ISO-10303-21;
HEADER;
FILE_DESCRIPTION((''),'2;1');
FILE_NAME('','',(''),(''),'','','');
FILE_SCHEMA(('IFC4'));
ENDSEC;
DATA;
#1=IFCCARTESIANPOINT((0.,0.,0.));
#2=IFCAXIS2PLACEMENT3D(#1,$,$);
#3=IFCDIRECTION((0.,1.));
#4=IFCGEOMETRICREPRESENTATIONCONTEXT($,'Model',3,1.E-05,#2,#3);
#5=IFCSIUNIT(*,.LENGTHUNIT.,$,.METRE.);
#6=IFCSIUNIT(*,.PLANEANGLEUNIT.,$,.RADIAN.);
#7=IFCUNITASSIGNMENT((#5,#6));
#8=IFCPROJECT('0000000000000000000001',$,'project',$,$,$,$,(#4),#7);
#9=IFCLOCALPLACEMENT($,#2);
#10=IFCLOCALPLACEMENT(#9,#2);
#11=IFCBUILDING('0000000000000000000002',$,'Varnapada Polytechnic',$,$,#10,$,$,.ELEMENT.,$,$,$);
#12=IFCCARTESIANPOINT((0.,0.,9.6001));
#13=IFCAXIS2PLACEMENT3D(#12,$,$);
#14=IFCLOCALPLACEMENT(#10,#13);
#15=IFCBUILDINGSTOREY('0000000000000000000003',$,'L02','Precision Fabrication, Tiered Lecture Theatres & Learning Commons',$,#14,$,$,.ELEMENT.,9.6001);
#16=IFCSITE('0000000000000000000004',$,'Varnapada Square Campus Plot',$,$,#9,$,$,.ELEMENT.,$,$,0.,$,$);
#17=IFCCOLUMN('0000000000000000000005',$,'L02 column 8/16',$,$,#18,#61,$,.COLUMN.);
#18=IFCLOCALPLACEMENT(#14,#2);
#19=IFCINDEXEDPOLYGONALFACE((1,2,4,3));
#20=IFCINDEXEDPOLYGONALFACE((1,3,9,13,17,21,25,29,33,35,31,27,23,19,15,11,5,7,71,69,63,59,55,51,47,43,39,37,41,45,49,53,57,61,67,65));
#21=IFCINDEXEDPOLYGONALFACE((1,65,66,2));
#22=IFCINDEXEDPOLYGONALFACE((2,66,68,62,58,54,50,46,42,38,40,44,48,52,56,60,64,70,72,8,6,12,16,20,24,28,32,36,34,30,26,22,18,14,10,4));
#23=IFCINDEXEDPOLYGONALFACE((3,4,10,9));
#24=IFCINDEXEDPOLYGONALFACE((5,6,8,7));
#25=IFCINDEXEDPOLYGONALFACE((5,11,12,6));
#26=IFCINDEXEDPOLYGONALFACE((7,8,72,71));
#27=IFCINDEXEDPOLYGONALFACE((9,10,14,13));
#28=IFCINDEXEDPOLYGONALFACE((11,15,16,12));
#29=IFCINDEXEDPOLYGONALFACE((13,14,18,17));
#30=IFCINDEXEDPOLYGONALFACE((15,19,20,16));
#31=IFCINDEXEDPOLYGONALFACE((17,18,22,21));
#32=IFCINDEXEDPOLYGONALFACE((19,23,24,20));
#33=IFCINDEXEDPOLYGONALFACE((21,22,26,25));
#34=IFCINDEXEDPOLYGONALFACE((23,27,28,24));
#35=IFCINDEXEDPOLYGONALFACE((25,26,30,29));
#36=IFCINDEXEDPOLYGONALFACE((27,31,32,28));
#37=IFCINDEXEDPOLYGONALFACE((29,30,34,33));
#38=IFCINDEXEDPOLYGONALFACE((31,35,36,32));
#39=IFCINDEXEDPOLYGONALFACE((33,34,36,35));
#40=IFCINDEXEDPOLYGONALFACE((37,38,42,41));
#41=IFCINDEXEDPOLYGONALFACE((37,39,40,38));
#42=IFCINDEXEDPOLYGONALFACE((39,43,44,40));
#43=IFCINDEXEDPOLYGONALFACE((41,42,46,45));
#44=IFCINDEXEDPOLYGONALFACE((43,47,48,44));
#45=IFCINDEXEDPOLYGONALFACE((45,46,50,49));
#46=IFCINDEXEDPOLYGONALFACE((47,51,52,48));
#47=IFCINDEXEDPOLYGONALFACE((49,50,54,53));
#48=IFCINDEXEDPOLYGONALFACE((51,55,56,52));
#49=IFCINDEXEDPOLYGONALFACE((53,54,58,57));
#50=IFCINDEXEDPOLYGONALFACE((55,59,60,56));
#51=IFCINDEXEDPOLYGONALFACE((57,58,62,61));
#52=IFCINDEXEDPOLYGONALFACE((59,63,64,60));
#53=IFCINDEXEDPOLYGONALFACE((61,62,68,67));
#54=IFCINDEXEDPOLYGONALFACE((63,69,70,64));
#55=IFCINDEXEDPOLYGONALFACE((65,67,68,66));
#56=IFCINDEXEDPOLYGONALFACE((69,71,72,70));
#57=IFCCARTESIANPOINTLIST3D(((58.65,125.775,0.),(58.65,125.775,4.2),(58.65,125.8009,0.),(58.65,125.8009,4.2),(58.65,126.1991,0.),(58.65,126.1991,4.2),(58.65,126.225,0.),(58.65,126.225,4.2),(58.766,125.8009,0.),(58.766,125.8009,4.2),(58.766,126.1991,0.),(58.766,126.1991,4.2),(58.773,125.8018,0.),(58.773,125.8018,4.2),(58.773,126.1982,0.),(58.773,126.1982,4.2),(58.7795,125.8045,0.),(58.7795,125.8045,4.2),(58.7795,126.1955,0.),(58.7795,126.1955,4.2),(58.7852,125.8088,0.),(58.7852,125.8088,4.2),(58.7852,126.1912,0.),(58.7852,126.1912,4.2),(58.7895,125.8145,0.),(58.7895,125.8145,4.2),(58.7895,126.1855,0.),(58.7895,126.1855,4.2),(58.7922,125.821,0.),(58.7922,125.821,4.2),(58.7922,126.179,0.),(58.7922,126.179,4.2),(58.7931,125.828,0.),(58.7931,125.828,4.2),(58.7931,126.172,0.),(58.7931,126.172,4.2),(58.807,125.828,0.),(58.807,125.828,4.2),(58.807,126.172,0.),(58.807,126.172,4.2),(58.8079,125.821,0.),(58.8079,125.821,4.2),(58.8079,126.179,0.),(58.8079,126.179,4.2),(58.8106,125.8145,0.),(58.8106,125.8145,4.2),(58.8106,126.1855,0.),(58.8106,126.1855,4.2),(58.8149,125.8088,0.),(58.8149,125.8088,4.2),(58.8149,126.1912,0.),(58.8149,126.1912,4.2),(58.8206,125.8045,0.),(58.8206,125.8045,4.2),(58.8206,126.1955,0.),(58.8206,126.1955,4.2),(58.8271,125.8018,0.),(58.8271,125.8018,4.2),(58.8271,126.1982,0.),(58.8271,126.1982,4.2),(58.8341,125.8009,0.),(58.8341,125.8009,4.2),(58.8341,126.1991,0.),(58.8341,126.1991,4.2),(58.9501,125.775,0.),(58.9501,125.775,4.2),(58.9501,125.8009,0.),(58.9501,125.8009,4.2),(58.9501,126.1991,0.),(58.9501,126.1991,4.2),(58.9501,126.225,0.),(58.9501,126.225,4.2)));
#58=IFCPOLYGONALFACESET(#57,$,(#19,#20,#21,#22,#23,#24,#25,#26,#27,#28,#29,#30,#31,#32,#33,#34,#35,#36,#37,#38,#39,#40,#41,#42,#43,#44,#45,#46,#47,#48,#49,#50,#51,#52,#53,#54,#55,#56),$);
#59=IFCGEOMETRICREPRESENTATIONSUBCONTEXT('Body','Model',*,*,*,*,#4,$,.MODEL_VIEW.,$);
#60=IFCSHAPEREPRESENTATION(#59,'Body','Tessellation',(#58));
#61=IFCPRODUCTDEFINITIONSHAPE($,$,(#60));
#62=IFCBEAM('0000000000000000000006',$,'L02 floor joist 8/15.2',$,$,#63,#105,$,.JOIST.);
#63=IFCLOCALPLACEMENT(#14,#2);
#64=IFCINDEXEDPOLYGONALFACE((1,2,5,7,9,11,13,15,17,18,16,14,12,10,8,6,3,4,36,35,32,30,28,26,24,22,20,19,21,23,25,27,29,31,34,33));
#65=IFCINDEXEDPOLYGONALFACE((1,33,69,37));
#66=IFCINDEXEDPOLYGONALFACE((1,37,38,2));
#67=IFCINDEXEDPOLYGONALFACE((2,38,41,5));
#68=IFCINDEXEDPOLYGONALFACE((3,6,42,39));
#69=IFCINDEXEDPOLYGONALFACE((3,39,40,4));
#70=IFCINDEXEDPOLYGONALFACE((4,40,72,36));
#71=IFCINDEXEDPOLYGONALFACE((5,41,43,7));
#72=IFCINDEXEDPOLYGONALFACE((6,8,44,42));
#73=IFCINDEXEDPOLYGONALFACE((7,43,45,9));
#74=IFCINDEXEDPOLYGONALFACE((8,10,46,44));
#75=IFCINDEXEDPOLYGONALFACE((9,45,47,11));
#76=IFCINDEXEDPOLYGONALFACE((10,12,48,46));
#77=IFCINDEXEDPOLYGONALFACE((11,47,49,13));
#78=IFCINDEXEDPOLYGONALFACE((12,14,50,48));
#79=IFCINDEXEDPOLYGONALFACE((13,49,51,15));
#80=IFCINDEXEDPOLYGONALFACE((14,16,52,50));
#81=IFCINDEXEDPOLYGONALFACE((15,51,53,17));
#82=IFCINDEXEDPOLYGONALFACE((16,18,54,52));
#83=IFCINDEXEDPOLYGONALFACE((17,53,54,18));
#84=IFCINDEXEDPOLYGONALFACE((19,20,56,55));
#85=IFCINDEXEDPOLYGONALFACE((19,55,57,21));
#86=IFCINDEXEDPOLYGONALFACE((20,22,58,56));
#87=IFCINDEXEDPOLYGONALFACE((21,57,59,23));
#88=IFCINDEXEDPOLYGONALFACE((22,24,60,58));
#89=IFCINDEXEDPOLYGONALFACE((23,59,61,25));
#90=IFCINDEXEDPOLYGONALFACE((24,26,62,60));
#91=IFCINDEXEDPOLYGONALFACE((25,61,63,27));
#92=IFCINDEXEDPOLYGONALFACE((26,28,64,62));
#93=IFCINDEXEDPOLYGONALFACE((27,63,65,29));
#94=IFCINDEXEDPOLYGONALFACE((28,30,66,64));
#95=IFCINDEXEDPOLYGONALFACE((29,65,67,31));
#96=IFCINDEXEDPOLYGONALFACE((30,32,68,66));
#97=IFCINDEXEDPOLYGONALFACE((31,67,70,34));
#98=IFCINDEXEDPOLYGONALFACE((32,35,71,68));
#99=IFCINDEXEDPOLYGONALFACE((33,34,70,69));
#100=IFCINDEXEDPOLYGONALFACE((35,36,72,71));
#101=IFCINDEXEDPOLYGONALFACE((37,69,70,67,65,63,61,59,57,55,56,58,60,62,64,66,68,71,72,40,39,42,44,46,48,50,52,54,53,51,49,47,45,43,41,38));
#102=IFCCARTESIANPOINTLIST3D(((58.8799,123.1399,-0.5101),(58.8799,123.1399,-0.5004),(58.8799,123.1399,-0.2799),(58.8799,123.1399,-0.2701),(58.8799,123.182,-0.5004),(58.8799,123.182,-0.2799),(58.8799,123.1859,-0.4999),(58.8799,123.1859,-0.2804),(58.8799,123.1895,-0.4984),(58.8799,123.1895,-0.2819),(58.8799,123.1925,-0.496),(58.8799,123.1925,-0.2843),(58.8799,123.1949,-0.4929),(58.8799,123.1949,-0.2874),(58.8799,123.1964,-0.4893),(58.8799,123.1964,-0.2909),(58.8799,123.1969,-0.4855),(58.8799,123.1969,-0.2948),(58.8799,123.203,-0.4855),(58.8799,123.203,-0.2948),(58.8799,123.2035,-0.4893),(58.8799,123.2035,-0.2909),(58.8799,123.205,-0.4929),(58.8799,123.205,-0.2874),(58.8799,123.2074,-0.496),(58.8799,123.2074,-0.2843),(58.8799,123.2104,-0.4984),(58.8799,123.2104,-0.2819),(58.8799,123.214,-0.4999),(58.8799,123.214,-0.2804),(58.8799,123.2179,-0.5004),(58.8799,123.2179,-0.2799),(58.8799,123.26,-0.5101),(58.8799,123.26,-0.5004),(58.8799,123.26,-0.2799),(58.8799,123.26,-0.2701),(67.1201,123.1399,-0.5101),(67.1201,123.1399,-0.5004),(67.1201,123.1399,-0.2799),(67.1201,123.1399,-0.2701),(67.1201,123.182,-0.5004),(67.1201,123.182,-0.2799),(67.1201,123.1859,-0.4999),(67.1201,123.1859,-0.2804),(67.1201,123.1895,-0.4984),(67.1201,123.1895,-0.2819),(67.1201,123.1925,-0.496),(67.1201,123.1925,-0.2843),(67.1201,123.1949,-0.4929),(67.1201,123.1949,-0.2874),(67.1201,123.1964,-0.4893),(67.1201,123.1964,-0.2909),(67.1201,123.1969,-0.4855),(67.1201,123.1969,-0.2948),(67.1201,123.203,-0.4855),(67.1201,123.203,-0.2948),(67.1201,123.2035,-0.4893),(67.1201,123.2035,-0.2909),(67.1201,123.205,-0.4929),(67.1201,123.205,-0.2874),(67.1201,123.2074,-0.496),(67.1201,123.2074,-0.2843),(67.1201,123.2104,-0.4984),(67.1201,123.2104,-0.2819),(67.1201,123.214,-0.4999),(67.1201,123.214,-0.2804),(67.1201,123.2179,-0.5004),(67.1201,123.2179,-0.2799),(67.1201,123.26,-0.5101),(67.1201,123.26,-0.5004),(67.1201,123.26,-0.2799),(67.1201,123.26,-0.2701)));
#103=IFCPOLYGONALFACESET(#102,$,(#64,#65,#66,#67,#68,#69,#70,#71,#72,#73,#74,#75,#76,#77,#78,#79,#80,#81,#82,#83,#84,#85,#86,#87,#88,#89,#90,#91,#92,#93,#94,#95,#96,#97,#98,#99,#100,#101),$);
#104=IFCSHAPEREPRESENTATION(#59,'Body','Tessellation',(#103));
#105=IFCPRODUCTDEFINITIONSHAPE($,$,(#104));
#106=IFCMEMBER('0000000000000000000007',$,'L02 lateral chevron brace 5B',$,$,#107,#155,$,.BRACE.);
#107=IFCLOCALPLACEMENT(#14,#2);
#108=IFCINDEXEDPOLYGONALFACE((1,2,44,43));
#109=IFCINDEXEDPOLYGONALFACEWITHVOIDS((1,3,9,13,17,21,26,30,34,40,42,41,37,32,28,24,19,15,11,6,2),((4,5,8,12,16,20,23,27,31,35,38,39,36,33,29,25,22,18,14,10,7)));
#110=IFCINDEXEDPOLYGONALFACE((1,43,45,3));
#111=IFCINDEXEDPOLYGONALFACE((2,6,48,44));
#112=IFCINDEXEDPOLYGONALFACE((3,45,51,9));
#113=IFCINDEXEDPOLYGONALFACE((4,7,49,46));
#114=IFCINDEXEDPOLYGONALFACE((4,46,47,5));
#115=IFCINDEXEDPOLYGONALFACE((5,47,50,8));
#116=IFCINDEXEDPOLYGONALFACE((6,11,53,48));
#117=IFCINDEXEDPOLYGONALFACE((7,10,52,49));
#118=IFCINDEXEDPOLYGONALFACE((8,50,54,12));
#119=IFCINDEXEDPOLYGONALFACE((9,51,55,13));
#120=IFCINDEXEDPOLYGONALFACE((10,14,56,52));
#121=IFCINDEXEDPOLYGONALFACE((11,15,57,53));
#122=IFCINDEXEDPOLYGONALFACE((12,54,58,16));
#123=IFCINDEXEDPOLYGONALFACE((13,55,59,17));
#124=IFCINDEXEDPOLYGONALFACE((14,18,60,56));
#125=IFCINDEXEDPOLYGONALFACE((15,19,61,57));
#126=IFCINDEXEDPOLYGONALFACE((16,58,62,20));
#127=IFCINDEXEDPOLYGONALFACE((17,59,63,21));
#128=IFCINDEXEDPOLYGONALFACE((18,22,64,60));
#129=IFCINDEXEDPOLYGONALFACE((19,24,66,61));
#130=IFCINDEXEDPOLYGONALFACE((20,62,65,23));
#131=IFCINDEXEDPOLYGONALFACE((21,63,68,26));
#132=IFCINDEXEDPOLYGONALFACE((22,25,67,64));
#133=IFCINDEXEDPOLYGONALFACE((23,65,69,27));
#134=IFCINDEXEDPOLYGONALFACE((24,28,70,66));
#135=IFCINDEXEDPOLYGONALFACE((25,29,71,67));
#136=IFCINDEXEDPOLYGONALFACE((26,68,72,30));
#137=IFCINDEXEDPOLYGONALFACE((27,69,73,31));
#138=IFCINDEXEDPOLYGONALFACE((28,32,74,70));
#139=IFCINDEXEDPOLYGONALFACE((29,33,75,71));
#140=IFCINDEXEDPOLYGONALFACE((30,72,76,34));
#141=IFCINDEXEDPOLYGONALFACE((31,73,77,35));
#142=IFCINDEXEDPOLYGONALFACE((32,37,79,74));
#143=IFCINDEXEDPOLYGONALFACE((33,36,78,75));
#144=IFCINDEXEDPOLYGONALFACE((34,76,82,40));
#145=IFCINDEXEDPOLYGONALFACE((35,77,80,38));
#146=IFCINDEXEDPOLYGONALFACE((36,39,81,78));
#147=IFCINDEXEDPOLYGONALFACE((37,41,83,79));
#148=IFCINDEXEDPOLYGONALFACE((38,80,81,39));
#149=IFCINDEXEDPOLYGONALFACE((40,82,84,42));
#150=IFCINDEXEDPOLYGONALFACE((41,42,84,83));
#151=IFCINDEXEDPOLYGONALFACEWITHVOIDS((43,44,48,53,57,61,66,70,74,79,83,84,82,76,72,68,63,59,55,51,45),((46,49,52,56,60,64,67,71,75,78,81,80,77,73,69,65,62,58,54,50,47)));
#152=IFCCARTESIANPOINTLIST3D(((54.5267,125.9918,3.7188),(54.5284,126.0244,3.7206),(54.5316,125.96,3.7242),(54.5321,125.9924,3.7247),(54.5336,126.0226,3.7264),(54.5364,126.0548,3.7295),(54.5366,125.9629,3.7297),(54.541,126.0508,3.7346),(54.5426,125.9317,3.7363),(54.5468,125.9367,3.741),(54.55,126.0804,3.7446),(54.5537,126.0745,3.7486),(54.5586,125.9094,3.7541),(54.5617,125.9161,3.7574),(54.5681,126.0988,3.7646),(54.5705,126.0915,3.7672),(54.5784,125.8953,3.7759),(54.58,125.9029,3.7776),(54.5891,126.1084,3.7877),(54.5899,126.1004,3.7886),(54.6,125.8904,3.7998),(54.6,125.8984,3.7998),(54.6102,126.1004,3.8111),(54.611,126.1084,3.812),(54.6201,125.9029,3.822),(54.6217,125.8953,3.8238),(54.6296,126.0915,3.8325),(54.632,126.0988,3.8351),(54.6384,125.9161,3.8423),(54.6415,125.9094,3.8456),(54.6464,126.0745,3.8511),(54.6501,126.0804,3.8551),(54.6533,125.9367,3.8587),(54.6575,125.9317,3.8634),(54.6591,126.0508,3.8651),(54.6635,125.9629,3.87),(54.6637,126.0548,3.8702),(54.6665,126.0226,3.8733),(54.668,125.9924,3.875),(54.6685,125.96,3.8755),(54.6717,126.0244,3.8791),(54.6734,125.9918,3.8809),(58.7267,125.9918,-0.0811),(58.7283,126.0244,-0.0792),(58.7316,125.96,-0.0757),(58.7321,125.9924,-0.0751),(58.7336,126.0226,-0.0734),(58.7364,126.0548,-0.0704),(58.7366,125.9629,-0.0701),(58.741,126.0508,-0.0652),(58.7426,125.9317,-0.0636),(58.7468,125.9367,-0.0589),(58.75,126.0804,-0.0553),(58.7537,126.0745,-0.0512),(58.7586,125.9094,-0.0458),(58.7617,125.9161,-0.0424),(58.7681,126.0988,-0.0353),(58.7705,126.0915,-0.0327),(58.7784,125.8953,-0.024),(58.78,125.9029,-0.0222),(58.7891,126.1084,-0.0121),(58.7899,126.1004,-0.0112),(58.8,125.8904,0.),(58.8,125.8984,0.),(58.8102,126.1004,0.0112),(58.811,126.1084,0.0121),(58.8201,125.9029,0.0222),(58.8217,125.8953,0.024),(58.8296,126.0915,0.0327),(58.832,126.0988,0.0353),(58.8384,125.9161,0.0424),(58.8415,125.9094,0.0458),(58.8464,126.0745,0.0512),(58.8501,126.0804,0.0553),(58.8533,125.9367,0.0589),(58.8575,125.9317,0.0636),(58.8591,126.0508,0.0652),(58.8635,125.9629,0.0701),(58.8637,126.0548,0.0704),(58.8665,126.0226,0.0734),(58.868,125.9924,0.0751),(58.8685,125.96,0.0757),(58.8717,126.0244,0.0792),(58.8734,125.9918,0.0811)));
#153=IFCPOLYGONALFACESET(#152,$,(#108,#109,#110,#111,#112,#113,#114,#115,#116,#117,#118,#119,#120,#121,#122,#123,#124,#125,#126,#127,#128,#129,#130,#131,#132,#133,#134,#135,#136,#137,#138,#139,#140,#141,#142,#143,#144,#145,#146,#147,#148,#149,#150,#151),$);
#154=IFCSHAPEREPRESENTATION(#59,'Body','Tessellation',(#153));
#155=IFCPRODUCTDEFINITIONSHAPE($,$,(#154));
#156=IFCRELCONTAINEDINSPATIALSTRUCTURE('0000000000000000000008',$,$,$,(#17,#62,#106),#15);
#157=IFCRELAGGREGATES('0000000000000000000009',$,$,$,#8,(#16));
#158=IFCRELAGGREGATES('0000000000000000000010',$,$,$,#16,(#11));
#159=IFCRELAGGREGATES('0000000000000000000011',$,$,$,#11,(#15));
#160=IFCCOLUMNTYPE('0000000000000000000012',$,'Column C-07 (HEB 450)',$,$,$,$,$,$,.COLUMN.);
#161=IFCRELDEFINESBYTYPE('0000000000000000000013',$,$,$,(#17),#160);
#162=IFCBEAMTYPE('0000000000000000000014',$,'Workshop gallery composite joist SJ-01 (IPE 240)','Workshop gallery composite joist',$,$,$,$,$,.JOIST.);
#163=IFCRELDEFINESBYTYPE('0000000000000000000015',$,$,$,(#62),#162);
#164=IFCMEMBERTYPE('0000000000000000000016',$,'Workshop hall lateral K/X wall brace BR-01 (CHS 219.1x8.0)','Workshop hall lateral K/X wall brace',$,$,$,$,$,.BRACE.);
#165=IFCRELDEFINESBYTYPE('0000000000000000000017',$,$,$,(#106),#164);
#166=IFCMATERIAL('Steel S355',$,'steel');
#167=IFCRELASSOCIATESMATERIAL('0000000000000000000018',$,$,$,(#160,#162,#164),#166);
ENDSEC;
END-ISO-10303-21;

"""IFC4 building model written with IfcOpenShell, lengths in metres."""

from ifc_helpers import new_model, si_unit, direction, frame, origin, origin_2d, place, context, subcontext, project, spatial, hollow_circle, i_section, extrude, material, material_profile, profile_set, type_object, element, save


model = new_model("IFC4")

# Units and contexts
model_context = context("Model", 3, precision=1e-05, world=origin(), true_north=direction((0.0, 1.0)))
body_context = subcontext(model_context, "Body", "Model", "MODEL_VIEW")
ifc_project = project(units=[si_unit("LENGTHUNIT", "METRE"), si_unit("PLANEANGLEUNIT", "RADIAN")], contexts=[model_context])

# Site, building, storey
site_placement = place(None, origin())
site = spatial("IfcSite", under=ifc_project, at=site_placement, Name="Varnapada Square Campus Plot", CompositionType="ELEMENT", RefElevation=0.0)
building_placement = place(site_placement, origin())
building = spatial("IfcBuilding", under=site, at=building_placement, Name="Varnapada Polytechnic", CompositionType="ELEMENT")
storey_placement = place(building_placement, frame((0.0, 0.0, 9.6001)))
storey = spatial("IfcBuildingStorey", under=building, at=storey_placement, Name="L02", Description="Precision Fabrication, Tiered Lecture Theatres & Learning Commons", CompositionType="ELEMENT", Elevation=9.6001)

# Column
ifc_material_1 = material(Name="Steel S355", Category="steel")
ifc_material_profile_1 = material_profile(ifc_material_1, i_section(OverallWidth=0.3, OverallDepth=0.45, WebThickness=0.0139, FlangeThickness=0.0259, FilletRadius=0.0271, at=origin_2d()), Name="HEB 450")
ifc_profile_set_1 = profile_set([ifc_material_profile_1], Name="Steel S355")
column_type = type_object("IfcColumnType", Name="Column C-07 (HEB 450)", PredefinedType="COLUMN", material=ifc_profile_set_1)
column_placement = place(storey_placement, frame((58.8, 126.0, 0.0), z_axis=(0.0, 0.0, 1.0), x_axis=(1.0, 0.0, 0.0)))
element("IfcColumn", 1, at=column_placement, inside=storey, type_object=column_type, Name="L02 column 8/16", PredefinedType="COLUMN", context=body_context, shape_type="SweptSolid", body=[
    extrude(i_section(OverallWidth=0.3, OverallDepth=0.45, WebThickness=0.0139, FlangeThickness=0.0259, FilletRadius=0.0271, at=origin_2d()), origin(), (0.0, 0.0, 1.0), 4.2),
])

# Beam
ifc_material_profile_2 = material_profile(ifc_material_1, i_section(OverallWidth=0.1201, OverallDepth=0.24, WebThickness=0.0061, FlangeThickness=0.0098, FilletRadius=0.0149, at=origin_2d()), Name="IPE 240")
ifc_profile_set_2 = profile_set([ifc_material_profile_2], Name="Steel S355")
beam_type_1 = type_object("IfcBeamType", Name="Workshop gallery composite joist SJ-01 (IPE 240)", Description="Workshop gallery composite joist", PredefinedType="JOIST", material=ifc_profile_set_2)
beam_1_placement = place(storey_placement, frame((58.8799, 123.2, -0.3901), z_axis=(1.0, 0.0, 0.0), x_axis=(0.0, 1.0, 0.0)))
element("IfcBeam", 2, at=beam_1_placement, inside=storey, type_object=beam_type_1, Name="L02 floor joist 8/15.2", PredefinedType="JOIST", context=body_context, shape_type="SweptSolid", body=[
    extrude(i_section(OverallWidth=0.1201, OverallDepth=0.24, WebThickness=0.0061, FlangeThickness=0.0098, FilletRadius=0.0149, at=origin_2d()), origin(), (0.0, 0.0, 1.0), 8.2402),
])

# Member
ifc_material_profile_3 = material_profile(ifc_material_1, hollow_circle(Radius=0.1096, WallThickness=0.0081, at=origin_2d()), Name="CHS 219.1x8.0")
ifc_profile_set_3 = profile_set([ifc_material_profile_3], Name="Steel S355")
member_type = type_object("IfcMemberType", Name="Workshop hall lateral K/X wall brace BR-01 (CHS 219.1x8.0)", Description="Workshop hall lateral K/X wall brace", PredefinedType="BRACE", material=ifc_profile_set_3)
member_placement = place(storey_placement, frame((58.8, 126.0, 0.0), z_axis=(-0.741549, 0.0, 0.670899), x_axis=(0.0, -1.0, 0.0)))
element("IfcMember", 3, at=member_placement, inside=storey, type_object=member_type, Name="L02 lateral chevron brace 5B", PredefinedType="BRACE", context=body_context, shape_type="SweptSolid", body=[
    extrude(hollow_circle(Radius=0.1096, WallThickness=0.0081, at=origin_2d()), origin(), (0.0, 0.0, 1.0), 5.6638),
])

save(model, "model.ifc")
